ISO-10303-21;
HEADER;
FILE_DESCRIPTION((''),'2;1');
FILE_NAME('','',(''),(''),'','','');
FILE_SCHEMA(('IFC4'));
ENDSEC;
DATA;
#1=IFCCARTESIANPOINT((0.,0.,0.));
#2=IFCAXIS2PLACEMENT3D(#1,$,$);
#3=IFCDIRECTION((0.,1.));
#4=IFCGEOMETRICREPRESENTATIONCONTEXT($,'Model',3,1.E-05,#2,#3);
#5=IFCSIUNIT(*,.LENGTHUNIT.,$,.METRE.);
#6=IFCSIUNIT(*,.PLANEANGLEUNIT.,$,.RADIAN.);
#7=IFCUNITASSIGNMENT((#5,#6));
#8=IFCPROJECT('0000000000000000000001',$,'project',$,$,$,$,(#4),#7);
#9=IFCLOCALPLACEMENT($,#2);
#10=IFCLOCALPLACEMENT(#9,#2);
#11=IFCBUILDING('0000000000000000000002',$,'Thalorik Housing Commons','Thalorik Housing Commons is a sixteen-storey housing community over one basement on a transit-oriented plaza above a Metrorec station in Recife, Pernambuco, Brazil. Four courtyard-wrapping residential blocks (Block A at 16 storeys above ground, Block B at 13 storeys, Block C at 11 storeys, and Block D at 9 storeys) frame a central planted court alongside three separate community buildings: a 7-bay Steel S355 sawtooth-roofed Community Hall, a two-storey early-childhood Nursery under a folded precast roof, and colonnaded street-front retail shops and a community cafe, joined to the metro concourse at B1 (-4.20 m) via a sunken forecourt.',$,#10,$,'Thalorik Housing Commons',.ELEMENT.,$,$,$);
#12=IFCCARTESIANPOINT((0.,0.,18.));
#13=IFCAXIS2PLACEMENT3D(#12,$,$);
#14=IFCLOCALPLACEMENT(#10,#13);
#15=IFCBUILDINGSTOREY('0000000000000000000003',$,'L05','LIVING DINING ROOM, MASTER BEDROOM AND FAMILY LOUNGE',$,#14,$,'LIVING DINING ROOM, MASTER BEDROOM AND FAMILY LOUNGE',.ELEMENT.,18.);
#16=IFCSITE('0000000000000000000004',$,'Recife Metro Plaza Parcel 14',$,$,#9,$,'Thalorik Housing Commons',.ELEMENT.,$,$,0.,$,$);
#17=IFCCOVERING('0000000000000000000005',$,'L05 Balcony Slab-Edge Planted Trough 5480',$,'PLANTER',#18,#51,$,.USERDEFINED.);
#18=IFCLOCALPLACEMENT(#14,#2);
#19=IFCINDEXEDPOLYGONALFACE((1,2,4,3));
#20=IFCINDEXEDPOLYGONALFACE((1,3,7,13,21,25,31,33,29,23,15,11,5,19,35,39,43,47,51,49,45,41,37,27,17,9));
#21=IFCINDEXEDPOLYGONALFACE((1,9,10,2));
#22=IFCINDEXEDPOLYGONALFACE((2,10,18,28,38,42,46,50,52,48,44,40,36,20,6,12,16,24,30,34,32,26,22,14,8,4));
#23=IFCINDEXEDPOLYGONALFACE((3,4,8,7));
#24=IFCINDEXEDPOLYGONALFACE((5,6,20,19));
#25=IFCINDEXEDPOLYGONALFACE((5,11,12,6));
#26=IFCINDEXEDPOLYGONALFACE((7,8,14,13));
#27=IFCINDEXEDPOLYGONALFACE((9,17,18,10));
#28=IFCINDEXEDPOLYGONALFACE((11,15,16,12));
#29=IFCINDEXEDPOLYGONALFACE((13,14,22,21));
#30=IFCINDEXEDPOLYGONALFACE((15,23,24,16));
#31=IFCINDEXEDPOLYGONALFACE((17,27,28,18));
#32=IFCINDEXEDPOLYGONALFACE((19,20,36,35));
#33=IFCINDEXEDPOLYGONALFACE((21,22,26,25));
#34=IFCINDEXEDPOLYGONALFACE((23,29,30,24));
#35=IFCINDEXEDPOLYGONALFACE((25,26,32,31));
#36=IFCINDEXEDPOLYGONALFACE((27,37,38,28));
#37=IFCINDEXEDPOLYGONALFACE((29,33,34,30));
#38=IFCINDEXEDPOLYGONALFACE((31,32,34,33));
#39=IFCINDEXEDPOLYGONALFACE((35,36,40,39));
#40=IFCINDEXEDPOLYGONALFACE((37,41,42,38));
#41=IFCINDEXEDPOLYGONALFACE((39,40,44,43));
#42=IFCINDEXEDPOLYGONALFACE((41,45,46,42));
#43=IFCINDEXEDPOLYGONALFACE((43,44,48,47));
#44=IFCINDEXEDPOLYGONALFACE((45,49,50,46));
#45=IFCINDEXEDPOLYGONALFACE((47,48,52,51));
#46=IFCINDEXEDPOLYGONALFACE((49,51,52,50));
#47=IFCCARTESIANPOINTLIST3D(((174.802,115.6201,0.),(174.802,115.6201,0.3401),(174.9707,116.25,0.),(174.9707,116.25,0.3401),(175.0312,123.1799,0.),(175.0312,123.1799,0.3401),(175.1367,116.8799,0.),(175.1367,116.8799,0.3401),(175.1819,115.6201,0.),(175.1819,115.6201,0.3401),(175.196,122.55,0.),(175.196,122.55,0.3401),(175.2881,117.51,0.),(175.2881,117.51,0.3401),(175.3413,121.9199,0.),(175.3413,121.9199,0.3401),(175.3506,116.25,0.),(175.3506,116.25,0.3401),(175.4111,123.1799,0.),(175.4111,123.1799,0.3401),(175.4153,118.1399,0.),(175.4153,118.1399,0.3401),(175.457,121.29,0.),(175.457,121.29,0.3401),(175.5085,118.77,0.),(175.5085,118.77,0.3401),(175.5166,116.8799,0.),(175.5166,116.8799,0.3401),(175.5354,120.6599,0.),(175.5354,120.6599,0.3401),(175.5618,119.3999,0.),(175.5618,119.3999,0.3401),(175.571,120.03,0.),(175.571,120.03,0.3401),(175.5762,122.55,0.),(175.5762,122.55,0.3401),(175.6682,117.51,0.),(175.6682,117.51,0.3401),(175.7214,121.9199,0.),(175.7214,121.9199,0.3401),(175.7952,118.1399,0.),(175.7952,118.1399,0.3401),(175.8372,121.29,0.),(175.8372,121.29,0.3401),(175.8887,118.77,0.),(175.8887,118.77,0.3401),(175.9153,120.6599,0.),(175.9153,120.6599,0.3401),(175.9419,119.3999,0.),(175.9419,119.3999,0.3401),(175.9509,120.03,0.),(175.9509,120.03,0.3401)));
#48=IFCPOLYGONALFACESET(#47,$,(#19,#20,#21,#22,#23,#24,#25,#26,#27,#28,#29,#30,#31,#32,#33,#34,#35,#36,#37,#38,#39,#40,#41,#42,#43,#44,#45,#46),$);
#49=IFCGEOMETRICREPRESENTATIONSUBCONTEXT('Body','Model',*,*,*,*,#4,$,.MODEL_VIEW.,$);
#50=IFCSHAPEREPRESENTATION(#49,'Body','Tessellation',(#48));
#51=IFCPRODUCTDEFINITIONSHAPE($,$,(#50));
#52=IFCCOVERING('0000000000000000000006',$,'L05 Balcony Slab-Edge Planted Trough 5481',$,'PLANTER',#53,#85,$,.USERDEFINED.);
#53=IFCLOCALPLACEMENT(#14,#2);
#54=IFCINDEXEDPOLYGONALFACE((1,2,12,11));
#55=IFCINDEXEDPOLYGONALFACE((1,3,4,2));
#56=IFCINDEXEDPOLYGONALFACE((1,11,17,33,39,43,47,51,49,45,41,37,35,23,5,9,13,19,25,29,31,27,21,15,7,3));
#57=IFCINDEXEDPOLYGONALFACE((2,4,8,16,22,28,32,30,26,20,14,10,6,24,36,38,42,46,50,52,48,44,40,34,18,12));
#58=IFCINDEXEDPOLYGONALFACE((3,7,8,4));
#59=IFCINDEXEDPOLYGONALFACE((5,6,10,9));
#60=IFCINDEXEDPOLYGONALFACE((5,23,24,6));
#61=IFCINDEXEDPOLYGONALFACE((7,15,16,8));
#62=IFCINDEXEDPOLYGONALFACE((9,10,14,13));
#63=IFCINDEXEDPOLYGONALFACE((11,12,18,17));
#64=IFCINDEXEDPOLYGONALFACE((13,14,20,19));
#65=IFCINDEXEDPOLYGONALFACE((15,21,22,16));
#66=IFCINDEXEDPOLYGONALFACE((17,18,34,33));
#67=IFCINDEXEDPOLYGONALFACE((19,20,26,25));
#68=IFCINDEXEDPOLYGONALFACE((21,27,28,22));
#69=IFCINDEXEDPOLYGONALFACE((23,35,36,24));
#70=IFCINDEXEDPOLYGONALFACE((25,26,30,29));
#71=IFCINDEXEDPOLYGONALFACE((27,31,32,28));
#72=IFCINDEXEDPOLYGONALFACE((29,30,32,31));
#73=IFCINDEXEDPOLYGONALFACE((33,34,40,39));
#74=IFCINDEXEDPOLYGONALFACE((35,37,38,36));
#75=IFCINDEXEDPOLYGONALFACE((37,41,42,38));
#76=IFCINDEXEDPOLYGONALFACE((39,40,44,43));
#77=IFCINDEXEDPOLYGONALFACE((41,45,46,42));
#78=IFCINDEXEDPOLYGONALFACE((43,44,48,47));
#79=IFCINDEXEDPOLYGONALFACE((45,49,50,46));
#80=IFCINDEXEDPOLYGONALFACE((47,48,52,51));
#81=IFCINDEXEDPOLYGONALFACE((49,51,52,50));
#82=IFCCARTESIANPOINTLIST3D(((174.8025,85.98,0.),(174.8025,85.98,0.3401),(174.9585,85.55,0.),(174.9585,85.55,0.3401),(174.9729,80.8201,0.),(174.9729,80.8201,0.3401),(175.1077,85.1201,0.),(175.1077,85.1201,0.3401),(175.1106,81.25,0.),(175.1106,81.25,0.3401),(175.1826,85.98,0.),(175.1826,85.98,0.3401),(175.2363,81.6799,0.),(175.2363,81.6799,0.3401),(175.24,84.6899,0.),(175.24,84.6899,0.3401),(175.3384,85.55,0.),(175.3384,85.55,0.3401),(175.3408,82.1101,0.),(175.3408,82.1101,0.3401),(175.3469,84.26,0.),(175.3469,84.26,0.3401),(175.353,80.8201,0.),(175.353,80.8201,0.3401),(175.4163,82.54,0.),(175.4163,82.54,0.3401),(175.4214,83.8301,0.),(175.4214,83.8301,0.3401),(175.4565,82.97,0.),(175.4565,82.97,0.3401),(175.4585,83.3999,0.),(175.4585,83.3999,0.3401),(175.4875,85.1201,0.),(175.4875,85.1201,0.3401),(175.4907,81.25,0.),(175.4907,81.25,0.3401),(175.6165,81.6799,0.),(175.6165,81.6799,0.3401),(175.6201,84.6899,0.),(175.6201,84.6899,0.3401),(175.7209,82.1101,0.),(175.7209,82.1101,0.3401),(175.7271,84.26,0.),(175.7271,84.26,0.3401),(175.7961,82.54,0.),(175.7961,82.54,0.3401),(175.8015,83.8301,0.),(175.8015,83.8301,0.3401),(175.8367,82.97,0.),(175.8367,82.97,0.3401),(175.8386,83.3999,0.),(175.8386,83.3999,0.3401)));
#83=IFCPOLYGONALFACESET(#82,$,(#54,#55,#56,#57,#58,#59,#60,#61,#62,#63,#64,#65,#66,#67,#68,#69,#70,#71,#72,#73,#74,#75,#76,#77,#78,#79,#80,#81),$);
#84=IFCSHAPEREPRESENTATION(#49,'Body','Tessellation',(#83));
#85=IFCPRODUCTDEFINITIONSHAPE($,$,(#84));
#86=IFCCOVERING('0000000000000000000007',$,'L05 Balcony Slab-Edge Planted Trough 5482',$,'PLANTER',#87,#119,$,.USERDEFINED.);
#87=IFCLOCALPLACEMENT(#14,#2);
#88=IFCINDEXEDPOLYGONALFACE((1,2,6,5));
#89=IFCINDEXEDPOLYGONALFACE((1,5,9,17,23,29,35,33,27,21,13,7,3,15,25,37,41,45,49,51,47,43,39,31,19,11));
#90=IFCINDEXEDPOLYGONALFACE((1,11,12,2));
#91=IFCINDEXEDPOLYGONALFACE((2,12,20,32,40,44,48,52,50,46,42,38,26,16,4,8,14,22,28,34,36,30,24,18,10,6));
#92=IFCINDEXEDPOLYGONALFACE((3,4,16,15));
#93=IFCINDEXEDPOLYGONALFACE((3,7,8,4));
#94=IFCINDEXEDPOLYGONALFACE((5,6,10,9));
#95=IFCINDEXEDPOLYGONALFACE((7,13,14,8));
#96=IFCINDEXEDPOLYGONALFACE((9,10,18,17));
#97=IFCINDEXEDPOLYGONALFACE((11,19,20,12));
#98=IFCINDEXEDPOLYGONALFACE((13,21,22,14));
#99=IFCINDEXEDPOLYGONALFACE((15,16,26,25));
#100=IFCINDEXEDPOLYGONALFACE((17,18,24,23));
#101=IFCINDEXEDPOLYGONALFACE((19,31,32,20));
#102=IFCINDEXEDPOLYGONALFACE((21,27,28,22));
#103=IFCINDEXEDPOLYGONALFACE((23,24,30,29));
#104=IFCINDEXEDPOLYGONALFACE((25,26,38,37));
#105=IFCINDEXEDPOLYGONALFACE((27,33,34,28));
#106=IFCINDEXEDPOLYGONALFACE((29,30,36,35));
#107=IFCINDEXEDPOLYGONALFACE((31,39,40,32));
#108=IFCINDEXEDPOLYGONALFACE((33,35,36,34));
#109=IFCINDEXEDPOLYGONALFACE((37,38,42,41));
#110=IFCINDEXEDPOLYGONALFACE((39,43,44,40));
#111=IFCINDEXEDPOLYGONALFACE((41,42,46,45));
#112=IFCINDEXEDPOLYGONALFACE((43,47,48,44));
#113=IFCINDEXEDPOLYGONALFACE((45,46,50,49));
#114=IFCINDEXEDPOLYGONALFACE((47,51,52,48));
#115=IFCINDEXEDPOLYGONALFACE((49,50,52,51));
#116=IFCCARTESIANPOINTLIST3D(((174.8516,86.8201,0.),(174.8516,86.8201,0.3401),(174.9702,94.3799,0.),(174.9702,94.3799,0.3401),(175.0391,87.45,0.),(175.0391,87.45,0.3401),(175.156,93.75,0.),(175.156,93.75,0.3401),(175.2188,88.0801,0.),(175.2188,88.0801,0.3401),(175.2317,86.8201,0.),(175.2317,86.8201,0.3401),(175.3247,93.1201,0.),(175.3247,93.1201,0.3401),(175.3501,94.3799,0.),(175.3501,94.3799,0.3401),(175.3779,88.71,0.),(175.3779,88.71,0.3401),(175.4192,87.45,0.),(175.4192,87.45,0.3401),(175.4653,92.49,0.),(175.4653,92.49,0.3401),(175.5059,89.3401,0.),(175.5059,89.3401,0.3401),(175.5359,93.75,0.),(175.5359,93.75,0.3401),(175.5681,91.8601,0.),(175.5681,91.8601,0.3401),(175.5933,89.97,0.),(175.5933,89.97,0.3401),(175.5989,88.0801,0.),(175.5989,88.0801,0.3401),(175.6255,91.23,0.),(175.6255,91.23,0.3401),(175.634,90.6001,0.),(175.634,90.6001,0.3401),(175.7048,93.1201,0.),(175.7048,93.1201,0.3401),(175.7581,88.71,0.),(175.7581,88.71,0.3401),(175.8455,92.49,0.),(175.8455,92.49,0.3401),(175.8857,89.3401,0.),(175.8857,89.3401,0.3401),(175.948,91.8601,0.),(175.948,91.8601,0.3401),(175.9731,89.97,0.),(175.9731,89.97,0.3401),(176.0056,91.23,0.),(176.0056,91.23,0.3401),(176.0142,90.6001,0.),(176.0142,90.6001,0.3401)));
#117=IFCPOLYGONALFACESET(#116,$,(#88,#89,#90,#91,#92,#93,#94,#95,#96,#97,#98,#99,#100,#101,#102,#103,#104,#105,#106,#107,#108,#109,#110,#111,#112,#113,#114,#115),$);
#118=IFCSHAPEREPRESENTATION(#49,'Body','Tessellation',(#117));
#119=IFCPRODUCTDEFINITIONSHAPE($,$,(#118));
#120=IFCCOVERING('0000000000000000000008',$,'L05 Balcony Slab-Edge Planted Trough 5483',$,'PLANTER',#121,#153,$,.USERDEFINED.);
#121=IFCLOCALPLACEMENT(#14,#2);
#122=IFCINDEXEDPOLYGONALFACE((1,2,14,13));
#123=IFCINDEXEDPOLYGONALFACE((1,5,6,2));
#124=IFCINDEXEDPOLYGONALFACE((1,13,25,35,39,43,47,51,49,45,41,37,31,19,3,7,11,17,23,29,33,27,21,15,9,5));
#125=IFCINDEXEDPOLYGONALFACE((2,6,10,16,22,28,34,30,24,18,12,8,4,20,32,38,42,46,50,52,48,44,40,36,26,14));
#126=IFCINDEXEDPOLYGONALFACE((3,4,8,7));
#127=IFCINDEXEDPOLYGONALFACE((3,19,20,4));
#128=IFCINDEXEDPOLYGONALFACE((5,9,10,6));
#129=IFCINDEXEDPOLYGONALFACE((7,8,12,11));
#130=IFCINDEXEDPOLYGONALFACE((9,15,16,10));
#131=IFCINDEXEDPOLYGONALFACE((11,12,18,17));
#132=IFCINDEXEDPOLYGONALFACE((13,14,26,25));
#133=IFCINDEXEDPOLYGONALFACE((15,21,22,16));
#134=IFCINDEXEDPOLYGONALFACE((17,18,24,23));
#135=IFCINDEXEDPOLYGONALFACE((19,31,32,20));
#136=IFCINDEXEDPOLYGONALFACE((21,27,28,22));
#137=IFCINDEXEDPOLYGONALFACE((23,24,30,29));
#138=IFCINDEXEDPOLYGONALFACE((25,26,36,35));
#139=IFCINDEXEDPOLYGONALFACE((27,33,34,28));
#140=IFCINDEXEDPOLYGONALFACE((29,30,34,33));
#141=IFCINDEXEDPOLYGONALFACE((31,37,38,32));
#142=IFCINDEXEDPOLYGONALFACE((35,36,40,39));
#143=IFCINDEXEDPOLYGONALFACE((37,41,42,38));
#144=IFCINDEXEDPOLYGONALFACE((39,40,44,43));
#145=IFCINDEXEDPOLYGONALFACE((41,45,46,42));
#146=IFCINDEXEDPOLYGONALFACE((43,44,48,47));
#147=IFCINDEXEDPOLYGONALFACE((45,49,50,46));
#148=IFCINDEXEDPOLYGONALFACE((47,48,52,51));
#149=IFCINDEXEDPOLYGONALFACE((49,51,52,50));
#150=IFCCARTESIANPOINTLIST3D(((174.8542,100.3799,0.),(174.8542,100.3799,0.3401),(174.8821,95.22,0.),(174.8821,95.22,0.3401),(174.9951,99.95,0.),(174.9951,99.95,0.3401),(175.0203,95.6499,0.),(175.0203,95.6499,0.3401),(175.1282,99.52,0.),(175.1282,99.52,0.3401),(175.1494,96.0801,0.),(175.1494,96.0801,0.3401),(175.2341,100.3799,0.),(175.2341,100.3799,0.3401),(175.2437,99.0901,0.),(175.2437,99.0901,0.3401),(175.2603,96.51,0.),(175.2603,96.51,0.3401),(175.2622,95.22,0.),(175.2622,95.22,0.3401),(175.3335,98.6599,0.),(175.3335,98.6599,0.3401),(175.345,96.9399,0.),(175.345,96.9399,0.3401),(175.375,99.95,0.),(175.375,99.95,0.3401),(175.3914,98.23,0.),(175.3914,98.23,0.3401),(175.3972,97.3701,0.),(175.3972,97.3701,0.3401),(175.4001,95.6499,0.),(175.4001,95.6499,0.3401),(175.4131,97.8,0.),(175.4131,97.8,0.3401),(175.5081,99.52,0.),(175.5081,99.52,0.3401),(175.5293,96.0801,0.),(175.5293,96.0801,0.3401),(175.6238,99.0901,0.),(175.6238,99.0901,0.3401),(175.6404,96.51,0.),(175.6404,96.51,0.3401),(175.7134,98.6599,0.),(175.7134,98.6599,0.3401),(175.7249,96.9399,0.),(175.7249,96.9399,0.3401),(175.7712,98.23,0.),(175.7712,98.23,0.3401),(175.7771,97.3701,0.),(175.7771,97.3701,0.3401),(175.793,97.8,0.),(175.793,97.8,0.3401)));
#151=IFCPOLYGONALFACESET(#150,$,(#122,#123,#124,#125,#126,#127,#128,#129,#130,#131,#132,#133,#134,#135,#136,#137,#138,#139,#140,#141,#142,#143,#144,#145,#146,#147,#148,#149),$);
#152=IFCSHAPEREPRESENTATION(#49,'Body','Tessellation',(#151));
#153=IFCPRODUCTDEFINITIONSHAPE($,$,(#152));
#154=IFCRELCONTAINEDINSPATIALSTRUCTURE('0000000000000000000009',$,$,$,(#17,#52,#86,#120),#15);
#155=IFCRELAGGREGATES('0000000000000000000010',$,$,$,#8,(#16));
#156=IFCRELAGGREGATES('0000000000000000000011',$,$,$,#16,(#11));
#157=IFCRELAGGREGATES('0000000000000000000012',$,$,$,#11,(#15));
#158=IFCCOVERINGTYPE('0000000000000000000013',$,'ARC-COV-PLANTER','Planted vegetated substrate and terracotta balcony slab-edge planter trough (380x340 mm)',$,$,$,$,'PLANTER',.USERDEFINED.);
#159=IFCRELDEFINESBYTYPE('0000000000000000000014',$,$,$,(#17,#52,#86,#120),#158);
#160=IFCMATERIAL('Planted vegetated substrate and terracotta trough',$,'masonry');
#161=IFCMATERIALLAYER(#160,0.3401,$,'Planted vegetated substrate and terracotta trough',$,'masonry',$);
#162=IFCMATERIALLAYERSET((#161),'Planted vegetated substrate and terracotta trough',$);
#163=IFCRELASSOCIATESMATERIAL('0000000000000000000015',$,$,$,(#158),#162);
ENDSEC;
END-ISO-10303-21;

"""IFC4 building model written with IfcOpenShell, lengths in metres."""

from ifc_helpers import new_model, si_unit, direction, frame, origin, place, context, subcontext, project, spatial, polyline, outline, extrude, material, layer, layer_set, type_object, element, save


model = new_model("IFC4")

# Units and contexts
model_context = context("Model", 3, precision=1e-05, world=origin(), true_north=direction((0.0, 1.0)))
body_context = subcontext(model_context, "Body", "Model", "MODEL_VIEW")
ifc_project = project(units=[si_unit("LENGTHUNIT", "METRE"), si_unit("PLANEANGLEUNIT", "RADIAN")], contexts=[model_context])

# Site, building, storey
site_placement = place(None, origin())
site = spatial("IfcSite", under=ifc_project, at=site_placement, Name="Recife Metro Plaza Parcel 14", LongName="Thalorik Housing Commons", CompositionType="ELEMENT", RefElevation=0.0)
building_placement = place(site_placement, origin())
building = spatial("IfcBuilding", under=site, at=building_placement, Name="Thalorik Housing Commons", Description="Thalorik Housing Commons is a sixteen-storey housing community over one basement on a transit-oriented plaza above a Metrorec station in Recife, Pernambuco, Brazil. Four courtyard-wrapping residential blocks (Block A at 16 storeys above ground, Block B at 13 storeys, Block C at 11 storeys, and Block D at 9 storeys) frame a central planted court alongside three separate community buildings: a 7-bay Steel S355 sawtooth-roofed Community Hall, a two-storey early-childhood Nursery under a folded precast roof, and colonnaded street-front retail shops and a community cafe, joined to the metro concourse at B1 (-4.20 m) via a sunken forecourt.", LongName="Thalorik Housing Commons", CompositionType="ELEMENT")
storey_placement = place(building_placement, frame((0.0, 0.0, 18.0)))
storey = spatial("IfcBuildingStorey", under=building, at=storey_placement, Name="L05", Description="LIVING DINING ROOM, MASTER BEDROOM AND FAMILY LOUNGE", LongName="LIVING DINING ROOM, MASTER BEDROOM AND FAMILY LOUNGE", CompositionType="ELEMENT", Elevation=18.0)

# Coverings
ifc_material = material(Name="Planted vegetated substrate and terracotta trough", Category="masonry")
ifc_layer = layer(ifc_material, 0.3401, Name="Planted vegetated substrate and terracotta trough", Category="masonry")
ifc_layer_set = layer_set([ifc_layer], Name="Planted vegetated substrate and terracotta trough")
covering_type = type_object("IfcCoveringType", Name="ARC-COV-PLANTER", Description="Planted vegetated substrate and terracotta balcony slab-edge planter trough (380x340 mm)", ElementType="PLANTER", PredefinedType="USERDEFINED", material=ifc_layer_set)
covering_1_placement = place(storey_placement, origin())
element("IfcCovering", 1, at=covering_1_placement, inside=storey, type_object=covering_type, Name="L05 Balcony Slab-Edge Planted Trough 5480", ObjectType="PLANTER", PredefinedType="USERDEFINED", context=body_context, shape_type="SweptSolid", body=[
    extrude(outline(polyline([(175.1819, 115.6201), (175.3506, 116.25), (175.5166, 116.8799), (175.6682, 117.51), (175.7952, 118.1399), (175.8887, 118.77), (175.9419, 119.3999), (175.9509, 120.03), (175.9153, 120.6599), (175.8372, 121.29), (175.7214, 121.9199), (175.5762, 122.55), (175.4111, 123.1799), (175.0312, 123.1799), (175.196, 122.55), (175.3413, 121.9199), (175.457, 121.29), (175.5354, 120.6599), (175.571, 120.03), (175.5618, 119.3999), (175.5085, 118.77), (175.4153, 118.1399), (175.2881, 117.51), (175.1367, 116.8799), (174.9707, 116.25), (174.802, 115.6201), (175.1819, 115.6201)])), origin(), (0.0, 0.0, 1.0), 0.3401),
])
covering_2_placement = place(storey_placement, origin())
element("IfcCovering", 2, at=covering_2_placement, inside=storey, type_object=covering_type, Name="L05 Balcony Slab-Edge Planted Trough 5481", ObjectType="PLANTER", PredefinedType="USERDEFINED", context=body_context, shape_type="SweptSolid", body=[
    extrude(outline(polyline([(175.353, 80.8201), (175.4907, 81.25), (175.6165, 81.6799), (175.7209, 82.1101), (175.7961, 82.54), (175.8367, 82.97), (175.8386, 83.3999), (175.8015, 83.8301), (175.7271, 84.26), (175.6201, 84.6899), (175.4875, 85.1201), (175.3384, 85.55), (175.1826, 85.98), (174.8025, 85.98), (174.9585, 85.55), (175.1077, 85.1201), (175.24, 84.6899), (175.3469, 84.26), (175.4214, 83.8301), (175.4585, 83.3999), (175.4565, 82.97), (175.4163, 82.54), (175.3408, 82.1101), (175.2363, 81.6799), (175.1106, 81.25), (174.9729, 80.8201), (175.353, 80.8201)])), origin(), (0.0, 0.0, 1.0), 0.3401),
])
covering_3_placement = place(storey_placement, origin())
element("IfcCovering", 3, at=covering_3_placement, inside=storey, type_object=covering_type, Name="L05 Balcony Slab-Edge Planted Trough 5482", ObjectType="PLANTER", PredefinedType="USERDEFINED", context=body_context, shape_type="SweptSolid", body=[
    extrude(outline(polyline([(175.2317, 86.8201), (175.4192, 87.45), (175.5989, 88.0801), (175.7581, 88.71), (175.8857, 89.3401), (175.9731, 89.97), (176.0142, 90.6001), (176.0056, 91.23), (175.948, 91.8601), (175.8455, 92.49), (175.7048, 93.1201), (175.5359, 93.75), (175.3501, 94.3799), (174.9702, 94.3799), (175.156, 93.75), (175.3247, 93.1201), (175.4653, 92.49), (175.5681, 91.8601), (175.6255, 91.23), (175.634, 90.6001), (175.5933, 89.97), (175.5059, 89.3401), (175.3779, 88.71), (175.2188, 88.0801), (175.0391, 87.45), (174.8516, 86.8201), (175.2317, 86.8201)])), origin(), (0.0, 0.0, 1.0), 0.3401),
])
covering_4_placement = place(storey_placement, origin())
element("IfcCovering", 4, at=covering_4_placement, inside=storey, type_object=covering_type, Name="L05 Balcony Slab-Edge Planted Trough 5483", ObjectType="PLANTER", PredefinedType="USERDEFINED", context=body_context, shape_type="SweptSolid", body=[
    extrude(outline(polyline([(175.2622, 95.22), (175.4001, 95.6499), (175.5293, 96.0801), (175.6404, 96.51), (175.7249, 96.9399), (175.7771, 97.3701), (175.793, 97.8), (175.7712, 98.23), (175.7134, 98.6599), (175.6238, 99.0901), (175.5081, 99.52), (175.375, 99.95), (175.2341, 100.3799), (174.8542, 100.3799), (174.9951, 99.95), (175.1282, 99.52), (175.2437, 99.0901), (175.3335, 98.6599), (175.3914, 98.23), (175.4131, 97.8), (175.3972, 97.3701), (175.345, 96.9399), (175.2603, 96.51), (175.1494, 96.0801), (175.0203, 95.6499), (174.8821, 95.22), (175.2622, 95.22)])), origin(), (0.0, 0.0, 1.0), 0.3401),
])

save(model, "model.ifc")
